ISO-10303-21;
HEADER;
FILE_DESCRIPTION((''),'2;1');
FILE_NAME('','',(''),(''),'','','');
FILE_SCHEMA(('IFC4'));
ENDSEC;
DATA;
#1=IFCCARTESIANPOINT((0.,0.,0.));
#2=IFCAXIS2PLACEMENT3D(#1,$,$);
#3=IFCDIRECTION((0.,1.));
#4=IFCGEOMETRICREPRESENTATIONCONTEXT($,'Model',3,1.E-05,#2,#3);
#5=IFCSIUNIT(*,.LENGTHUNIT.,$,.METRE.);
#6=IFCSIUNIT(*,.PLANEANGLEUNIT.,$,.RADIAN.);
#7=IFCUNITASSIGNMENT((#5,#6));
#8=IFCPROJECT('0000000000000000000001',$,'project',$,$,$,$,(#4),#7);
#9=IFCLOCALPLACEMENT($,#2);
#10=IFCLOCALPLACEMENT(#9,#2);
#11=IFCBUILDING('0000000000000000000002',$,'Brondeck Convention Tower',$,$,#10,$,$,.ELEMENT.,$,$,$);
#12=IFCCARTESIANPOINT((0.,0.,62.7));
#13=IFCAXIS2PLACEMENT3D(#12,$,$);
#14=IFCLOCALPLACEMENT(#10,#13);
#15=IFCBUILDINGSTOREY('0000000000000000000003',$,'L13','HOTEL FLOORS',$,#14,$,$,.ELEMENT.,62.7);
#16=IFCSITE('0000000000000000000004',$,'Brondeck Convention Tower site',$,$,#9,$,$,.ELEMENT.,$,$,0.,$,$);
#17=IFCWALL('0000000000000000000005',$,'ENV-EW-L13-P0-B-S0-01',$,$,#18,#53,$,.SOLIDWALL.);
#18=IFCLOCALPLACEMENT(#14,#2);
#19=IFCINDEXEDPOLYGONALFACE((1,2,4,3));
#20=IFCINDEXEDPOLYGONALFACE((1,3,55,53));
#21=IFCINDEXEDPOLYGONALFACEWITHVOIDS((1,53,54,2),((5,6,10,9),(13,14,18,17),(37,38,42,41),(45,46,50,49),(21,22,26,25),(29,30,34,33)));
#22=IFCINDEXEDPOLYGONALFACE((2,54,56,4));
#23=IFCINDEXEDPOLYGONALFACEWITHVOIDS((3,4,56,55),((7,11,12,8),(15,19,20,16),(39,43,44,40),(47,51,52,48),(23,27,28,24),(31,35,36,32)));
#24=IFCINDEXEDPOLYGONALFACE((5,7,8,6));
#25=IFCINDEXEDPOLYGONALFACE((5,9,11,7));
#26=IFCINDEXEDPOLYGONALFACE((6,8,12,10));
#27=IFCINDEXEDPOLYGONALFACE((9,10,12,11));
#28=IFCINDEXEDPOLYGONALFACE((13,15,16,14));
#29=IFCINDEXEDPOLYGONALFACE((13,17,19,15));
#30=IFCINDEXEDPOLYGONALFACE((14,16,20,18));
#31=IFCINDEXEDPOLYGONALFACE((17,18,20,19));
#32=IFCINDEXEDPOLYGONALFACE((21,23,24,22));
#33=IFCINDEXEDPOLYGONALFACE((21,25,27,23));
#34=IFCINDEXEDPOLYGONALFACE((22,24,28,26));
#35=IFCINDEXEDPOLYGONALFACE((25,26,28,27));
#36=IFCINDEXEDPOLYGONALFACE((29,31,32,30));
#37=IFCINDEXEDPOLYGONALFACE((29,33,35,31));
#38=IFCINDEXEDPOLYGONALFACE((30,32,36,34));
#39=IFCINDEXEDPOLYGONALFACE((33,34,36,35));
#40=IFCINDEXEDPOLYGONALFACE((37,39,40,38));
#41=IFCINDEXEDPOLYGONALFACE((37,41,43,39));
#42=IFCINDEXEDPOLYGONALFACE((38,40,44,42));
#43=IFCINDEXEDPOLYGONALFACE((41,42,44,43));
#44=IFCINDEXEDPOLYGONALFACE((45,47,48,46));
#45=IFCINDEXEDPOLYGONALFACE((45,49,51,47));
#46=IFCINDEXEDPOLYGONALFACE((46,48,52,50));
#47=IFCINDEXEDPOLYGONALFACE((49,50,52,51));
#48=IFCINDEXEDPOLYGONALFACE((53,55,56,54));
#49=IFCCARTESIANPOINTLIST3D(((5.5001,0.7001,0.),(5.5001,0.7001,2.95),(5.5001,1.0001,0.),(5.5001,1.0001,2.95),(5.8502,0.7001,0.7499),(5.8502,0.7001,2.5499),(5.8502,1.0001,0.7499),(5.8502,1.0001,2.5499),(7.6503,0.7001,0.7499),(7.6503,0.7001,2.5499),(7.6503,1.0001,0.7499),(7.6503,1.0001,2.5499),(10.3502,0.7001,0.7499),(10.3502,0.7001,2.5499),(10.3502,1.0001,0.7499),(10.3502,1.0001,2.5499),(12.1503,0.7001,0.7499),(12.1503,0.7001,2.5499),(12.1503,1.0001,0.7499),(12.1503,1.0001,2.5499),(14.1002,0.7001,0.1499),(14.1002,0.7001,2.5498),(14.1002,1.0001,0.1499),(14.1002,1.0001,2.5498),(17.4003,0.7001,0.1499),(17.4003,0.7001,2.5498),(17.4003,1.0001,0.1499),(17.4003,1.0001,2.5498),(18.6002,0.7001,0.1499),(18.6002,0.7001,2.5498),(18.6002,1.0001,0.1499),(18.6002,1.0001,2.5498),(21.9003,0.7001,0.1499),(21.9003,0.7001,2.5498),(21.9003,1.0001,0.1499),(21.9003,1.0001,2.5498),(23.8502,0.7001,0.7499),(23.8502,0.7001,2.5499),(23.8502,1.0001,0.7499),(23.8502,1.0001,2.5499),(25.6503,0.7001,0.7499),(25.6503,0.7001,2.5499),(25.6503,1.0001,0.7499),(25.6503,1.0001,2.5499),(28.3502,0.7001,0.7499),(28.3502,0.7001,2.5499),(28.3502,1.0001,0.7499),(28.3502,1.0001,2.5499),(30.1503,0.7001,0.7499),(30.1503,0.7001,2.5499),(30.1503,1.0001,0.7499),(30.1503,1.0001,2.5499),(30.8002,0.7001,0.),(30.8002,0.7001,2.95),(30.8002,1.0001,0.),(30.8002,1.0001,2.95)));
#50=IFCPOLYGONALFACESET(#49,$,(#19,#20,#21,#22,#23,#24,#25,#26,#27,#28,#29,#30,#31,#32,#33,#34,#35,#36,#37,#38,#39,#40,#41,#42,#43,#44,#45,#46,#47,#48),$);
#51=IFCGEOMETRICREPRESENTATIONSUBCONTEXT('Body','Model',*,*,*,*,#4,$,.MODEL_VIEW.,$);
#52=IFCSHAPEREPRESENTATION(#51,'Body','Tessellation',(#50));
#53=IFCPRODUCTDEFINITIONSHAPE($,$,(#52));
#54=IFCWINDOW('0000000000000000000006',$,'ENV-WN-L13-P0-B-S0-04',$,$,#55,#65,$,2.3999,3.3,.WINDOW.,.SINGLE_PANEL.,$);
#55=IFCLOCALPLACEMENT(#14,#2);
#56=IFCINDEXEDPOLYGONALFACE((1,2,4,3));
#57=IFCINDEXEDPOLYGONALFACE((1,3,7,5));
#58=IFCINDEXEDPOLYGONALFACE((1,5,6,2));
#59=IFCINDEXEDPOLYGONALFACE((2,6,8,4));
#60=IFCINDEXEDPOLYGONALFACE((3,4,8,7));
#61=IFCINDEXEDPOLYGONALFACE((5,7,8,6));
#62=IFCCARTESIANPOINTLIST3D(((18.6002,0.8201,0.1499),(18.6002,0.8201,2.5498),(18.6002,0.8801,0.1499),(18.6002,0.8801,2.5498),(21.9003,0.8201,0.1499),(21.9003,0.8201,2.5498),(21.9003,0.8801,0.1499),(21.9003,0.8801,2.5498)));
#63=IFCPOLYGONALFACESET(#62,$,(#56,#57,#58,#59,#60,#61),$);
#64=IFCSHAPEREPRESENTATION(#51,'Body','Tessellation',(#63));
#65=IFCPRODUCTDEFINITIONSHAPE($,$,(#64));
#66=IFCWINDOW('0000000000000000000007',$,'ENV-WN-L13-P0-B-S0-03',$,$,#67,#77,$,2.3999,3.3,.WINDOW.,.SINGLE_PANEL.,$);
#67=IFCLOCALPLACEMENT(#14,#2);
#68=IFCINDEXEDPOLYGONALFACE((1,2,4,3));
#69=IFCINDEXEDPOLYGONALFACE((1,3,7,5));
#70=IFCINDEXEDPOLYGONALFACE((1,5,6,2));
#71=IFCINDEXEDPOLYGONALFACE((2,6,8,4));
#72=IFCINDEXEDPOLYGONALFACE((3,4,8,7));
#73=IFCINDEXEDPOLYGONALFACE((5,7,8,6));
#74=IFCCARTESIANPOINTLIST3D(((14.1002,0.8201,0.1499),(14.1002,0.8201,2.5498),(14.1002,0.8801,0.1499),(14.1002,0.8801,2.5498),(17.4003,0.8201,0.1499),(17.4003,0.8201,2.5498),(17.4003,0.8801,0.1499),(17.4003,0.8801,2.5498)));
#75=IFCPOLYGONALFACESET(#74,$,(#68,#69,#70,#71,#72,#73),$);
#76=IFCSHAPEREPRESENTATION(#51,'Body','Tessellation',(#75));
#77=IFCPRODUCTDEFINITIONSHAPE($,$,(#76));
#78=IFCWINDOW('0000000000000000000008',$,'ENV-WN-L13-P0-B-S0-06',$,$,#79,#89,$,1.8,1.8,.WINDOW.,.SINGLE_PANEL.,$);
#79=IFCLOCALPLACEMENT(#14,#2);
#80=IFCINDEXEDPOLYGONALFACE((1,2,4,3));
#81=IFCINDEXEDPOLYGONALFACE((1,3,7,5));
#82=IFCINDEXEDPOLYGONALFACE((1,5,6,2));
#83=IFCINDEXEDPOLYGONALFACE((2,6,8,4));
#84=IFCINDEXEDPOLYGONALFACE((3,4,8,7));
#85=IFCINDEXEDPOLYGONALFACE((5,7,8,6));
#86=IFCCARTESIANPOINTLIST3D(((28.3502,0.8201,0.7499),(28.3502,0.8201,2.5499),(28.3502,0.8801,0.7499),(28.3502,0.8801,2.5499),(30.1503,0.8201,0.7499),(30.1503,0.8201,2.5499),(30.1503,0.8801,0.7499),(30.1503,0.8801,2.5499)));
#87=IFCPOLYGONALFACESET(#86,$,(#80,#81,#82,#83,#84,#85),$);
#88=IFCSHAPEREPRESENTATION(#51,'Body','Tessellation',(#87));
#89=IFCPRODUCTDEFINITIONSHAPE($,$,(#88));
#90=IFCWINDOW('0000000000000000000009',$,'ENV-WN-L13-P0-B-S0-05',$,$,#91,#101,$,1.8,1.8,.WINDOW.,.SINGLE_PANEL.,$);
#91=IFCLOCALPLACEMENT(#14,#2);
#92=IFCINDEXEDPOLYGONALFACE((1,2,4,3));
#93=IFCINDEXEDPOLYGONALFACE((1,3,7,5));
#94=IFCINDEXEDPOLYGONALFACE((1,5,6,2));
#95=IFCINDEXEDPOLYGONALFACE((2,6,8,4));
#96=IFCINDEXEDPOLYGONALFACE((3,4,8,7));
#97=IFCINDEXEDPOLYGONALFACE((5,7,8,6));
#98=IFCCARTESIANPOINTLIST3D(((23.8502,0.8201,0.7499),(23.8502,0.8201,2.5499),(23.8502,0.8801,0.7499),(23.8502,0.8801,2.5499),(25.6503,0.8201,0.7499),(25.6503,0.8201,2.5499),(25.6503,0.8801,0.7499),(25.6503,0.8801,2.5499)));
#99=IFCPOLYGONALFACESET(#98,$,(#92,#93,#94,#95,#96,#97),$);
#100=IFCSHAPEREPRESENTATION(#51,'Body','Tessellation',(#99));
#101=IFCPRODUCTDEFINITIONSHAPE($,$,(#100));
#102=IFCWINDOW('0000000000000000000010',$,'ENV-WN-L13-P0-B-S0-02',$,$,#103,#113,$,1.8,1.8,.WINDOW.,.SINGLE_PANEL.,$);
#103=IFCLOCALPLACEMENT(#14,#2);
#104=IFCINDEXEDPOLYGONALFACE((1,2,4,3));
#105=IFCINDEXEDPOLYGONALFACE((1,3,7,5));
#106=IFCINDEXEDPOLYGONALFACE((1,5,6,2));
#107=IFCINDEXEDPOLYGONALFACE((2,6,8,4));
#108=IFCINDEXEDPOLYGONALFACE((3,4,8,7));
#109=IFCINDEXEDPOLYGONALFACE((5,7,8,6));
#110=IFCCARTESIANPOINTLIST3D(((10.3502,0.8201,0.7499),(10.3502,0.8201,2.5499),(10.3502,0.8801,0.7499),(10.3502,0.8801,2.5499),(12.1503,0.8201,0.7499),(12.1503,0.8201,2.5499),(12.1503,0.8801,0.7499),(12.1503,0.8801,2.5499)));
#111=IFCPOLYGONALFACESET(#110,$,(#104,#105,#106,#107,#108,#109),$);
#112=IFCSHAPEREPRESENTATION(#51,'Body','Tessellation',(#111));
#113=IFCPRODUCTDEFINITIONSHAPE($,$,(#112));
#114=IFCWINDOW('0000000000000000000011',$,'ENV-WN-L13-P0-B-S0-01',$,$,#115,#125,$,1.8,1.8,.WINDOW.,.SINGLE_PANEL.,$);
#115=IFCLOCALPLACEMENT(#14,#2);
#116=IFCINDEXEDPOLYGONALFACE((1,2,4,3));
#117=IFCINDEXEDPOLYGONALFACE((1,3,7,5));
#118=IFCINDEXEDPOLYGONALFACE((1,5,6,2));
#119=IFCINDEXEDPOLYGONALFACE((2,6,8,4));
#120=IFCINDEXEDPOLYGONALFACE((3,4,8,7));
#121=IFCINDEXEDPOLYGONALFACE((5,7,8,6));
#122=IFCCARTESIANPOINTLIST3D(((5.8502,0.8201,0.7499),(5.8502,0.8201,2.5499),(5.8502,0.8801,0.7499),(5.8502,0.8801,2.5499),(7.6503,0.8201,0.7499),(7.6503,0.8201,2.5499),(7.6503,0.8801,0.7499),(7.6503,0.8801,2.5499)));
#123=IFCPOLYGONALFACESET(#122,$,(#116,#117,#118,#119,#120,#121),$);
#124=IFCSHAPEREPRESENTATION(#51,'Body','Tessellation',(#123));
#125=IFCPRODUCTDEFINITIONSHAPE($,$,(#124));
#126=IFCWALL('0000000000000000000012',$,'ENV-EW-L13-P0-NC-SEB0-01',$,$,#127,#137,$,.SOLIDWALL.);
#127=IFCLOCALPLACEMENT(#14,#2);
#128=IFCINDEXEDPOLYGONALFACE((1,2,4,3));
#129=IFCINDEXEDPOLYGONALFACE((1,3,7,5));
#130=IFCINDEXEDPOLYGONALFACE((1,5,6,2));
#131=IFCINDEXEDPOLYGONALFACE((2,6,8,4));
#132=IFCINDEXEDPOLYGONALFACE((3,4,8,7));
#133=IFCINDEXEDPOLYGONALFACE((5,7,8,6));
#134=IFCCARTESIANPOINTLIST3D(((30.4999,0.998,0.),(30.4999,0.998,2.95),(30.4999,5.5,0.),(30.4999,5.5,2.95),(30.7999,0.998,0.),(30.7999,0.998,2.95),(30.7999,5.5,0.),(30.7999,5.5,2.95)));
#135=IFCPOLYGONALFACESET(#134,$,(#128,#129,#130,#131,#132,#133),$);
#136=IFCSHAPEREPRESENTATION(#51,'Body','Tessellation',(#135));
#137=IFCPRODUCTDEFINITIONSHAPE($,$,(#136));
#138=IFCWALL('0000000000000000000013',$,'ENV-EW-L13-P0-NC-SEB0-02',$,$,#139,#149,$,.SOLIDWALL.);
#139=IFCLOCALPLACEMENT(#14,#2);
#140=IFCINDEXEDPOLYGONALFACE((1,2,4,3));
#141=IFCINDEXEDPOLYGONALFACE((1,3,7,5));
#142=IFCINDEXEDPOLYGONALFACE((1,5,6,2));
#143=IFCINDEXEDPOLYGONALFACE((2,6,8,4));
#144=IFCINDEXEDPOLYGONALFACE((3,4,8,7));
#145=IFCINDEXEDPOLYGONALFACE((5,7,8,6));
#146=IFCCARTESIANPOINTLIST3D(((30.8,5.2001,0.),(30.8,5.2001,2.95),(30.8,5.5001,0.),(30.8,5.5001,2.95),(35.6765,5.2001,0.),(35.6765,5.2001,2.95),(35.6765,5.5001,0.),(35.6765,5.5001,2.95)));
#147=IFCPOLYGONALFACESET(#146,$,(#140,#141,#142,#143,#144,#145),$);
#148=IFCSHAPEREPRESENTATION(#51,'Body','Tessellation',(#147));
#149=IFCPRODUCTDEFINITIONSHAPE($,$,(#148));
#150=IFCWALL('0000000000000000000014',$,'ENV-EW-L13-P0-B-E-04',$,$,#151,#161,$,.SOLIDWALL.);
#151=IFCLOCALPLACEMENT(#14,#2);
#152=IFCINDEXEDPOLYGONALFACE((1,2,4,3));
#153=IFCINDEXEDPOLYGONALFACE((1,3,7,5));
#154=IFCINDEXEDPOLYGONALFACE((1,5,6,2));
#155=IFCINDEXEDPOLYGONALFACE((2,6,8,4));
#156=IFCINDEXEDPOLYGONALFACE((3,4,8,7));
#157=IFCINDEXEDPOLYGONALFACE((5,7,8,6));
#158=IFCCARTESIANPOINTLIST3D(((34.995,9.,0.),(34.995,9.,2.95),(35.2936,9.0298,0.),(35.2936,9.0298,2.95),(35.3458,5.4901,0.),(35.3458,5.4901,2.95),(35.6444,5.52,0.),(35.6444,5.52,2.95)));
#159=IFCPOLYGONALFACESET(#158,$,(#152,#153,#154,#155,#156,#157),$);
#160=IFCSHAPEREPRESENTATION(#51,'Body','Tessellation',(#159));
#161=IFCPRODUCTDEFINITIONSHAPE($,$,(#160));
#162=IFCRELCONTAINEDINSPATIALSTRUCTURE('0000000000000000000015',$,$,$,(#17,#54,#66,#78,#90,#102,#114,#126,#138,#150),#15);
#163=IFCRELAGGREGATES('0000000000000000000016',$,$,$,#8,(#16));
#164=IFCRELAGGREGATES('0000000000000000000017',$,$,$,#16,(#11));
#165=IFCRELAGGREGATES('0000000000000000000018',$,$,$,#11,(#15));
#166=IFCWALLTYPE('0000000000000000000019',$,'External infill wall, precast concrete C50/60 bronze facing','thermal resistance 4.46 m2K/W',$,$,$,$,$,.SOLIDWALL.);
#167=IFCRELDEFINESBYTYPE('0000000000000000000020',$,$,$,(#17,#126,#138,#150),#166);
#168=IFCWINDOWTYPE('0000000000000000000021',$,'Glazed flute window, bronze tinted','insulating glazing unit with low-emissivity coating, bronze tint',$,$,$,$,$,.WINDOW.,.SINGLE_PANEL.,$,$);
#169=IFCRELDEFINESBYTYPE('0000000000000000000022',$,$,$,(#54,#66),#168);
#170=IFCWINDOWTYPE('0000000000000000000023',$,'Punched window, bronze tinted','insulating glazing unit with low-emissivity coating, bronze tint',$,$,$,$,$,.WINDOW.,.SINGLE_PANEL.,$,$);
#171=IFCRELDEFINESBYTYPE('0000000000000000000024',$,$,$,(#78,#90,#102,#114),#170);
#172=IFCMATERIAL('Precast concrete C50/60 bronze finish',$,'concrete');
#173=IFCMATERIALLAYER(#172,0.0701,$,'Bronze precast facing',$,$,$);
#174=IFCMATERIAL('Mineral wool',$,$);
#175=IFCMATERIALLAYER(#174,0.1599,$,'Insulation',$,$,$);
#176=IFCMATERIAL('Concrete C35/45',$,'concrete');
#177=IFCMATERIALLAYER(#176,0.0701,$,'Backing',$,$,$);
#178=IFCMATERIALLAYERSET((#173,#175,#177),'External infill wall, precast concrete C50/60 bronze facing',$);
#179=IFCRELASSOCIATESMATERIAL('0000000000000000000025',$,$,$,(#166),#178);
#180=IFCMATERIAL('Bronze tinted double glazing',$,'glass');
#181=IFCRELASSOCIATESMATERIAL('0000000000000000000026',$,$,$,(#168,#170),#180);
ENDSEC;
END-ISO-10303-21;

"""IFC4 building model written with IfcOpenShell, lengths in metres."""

from ifc_helpers import new_model, si_unit, direction, frame, frame_2d, origin, place, context, subcontext, project, spatial, rectangle, extrude, material, layer, layer_set, type_object, element, fill, save


model = new_model("IFC4")

# Units and contexts
model_context = context("Model", 3, precision=1e-05, world=origin(), true_north=direction((0.0, 1.0)))
body_context = subcontext(model_context, "Body", "Model", "MODEL_VIEW")
ifc_project = project(units=[si_unit("LENGTHUNIT", "METRE"), si_unit("PLANEANGLEUNIT", "RADIAN")], contexts=[model_context])

# Site, building, storey
site_placement = place(None, origin())
site = spatial("IfcSite", under=ifc_project, at=site_placement, Name="Brondeck Convention Tower site", CompositionType="ELEMENT", RefElevation=0.0)
building_placement = place(site_placement, origin())
building = spatial("IfcBuilding", under=site, at=building_placement, Name="Brondeck Convention Tower", CompositionType="ELEMENT")
storey_placement = place(building_placement, frame((0.0, 0.0, 62.7)))
storey = spatial("IfcBuildingStorey", under=building, at=storey_placement, Name="L13", Description="HOTEL FLOORS", CompositionType="ELEMENT", Elevation=62.7)

# Wall, openings, windows
ifc_material_1 = material(Name="Precast concrete C50/60 bronze finish", Category="concrete")
ifc_layer_1 = layer(ifc_material_1, 0.0701, Name="Bronze precast facing")
ifc_material_2 = material(Name="Mineral wool")
ifc_layer_2 = layer(ifc_material_2, 0.1599, Name="Insulation")
ifc_material_3 = material(Name="Concrete C35/45", Category="concrete")
ifc_layer_3 = layer(ifc_material_3, 0.0701, Name="Backing")
ifc_layer_set_1 = layer_set([ifc_layer_1, ifc_layer_2, ifc_layer_3], Name="External infill wall, precast concrete C50/60 bronze facing")
wall_type_1 = type_object("IfcWallType", Name="External infill wall, precast concrete C50/60 bronze facing", Description="thermal resistance 4.46 m2K/W", PredefinedType="SOLIDWALL", material=ifc_layer_set_1)
wall_1_placement = place(storey_placement, frame((30.8, 0.8501, 0.0), z_axis=(0.0, 0.0, 1.0), x_axis=(-1.0, 0.0, 0.0)))
wall_1 = element("IfcWall", 1, at=wall_1_placement, inside=storey, type_object=wall_type_1, Name="ENV-EW-L13-P0-B-S0-01", PredefinedType="SOLIDWALL", context=body_context, shape_type="SweptSolid", body=[
    extrude(rectangle(XDim=25.3, YDim=0.3, at=frame_2d((12.6499, 0.0))), origin(), (0.0, 0.0, 1.0), 2.95),
])
opening_1_placement = place(wall_1_placement, frame((0.6499, 0.0, 0.75)))
opening_1 = element("IfcOpeningElement", 2, at=opening_1_placement, cuts=wall_1, PredefinedType="OPENING", context=body_context, shape_type="SweptSolid", body=[
    extrude(rectangle(XDim=1.8, YDim=1.8, at=frame_2d((0.8999, 0.8999))), frame((0.0, 0.1599, 0.0), z_axis=(0.0, -1.0, 0.0), x_axis=(1.0, 0.0, 0.0)), (0.0, 0.0, 1.0), 0.3201),
])
opening_2_placement = place(wall_1_placement, frame((5.1499, 0.0, 0.75)))
opening_2 = element("IfcOpeningElement", 3, at=opening_2_placement, cuts=wall_1, PredefinedType="OPENING", context=body_context, shape_type="SweptSolid", body=[
    extrude(rectangle(XDim=1.8, YDim=1.8, at=frame_2d((0.8999, 0.8999))), frame((0.0, 0.1599, 0.0), z_axis=(0.0, -1.0, 0.0), x_axis=(1.0, 0.0, 0.0)), (0.0, 0.0, 1.0), 0.3201),
])
opening_3_placement = place(wall_1_placement, frame((8.8999, 0.0, 0.1499)))
opening_3 = element("IfcOpeningElement", 4, at=opening_3_placement, cuts=wall_1, PredefinedType="OPENING", context=body_context, shape_type="SweptSolid", body=[
    extrude(rectangle(XDim=3.3, YDim=2.3999, at=frame_2d((1.6499, 1.2))), frame((0.0, 0.1599, 0.0), z_axis=(0.0, -1.0, 0.0), x_axis=(1.0, 0.0, 0.0)), (0.0, 0.0, 1.0), 0.3201),
])
opening_4_placement = place(wall_1_placement, frame((13.3999, 0.0, 0.1499)))
opening_4 = element("IfcOpeningElement", 5, at=opening_4_placement, cuts=wall_1, PredefinedType="OPENING", context=body_context, shape_type="SweptSolid", body=[
    extrude(rectangle(XDim=3.3, YDim=2.3999, at=frame_2d((1.6499, 1.2))), frame((0.0, 0.1599, 0.0), z_axis=(0.0, -1.0, 0.0), x_axis=(1.0, 0.0, 0.0)), (0.0, 0.0, 1.0), 0.3201),
])
opening_5_placement = place(wall_1_placement, frame((18.6499, 0.0, 0.75)))
opening_5 = element("IfcOpeningElement", 6, at=opening_5_placement, cuts=wall_1, PredefinedType="OPENING", context=body_context, shape_type="SweptSolid", body=[
    extrude(rectangle(XDim=1.8, YDim=1.8, at=frame_2d((0.8999, 0.8999))), frame((0.0, 0.1599, 0.0), z_axis=(0.0, -1.0, 0.0), x_axis=(1.0, 0.0, 0.0)), (0.0, 0.0, 1.0), 0.3201),
])
opening_6_placement = place(wall_1_placement, frame((23.1499, 0.0, 0.75)))
opening_6 = element("IfcOpeningElement", 7, at=opening_6_placement, cuts=wall_1, PredefinedType="OPENING", context=body_context, shape_type="SweptSolid", body=[
    extrude(rectangle(XDim=1.8, YDim=1.8, at=frame_2d((0.8999, 0.8999))), frame((0.0, 0.1599, 0.0), z_axis=(0.0, -1.0, 0.0), x_axis=(1.0, 0.0, 0.0)), (0.0, 0.0, 1.0), 0.3201),
])
ifc_material_4 = material(Name="Bronze tinted double glazing", Category="glass")
window_type_1 = type_object("IfcWindowType", Name="Glazed flute window, bronze tinted", Description="insulating glazing unit with low-emissivity coating, bronze tint", PartitioningType="SINGLE_PANEL", PredefinedType="WINDOW", material=ifc_material_4)
window_1_placement = place(opening_3_placement, origin())
window_1 = element("IfcWindow", 8, at=window_1_placement, inside=storey, type_object=window_type_1, Name="ENV-WN-L13-P0-B-S0-04", OverallHeight=2.3999, OverallWidth=3.3, PartitioningType="SINGLE_PANEL", PredefinedType="WINDOW", context=body_context, shape_type="SweptSolid", body=[
    extrude(rectangle(XDim=3.3, YDim=2.3999, at=frame_2d((1.6499, 1.2))), frame((0.0, 0.03, 0.0), z_axis=(0.0, -1.0, 0.0), x_axis=(1.0, 0.0, 0.0)), (0.0, 0.0, 1.0), 0.0601),
])
fill(opening_3, window_1)
window_2_placement = place(opening_4_placement, origin())
window_2 = element("IfcWindow", 9, at=window_2_placement, inside=storey, type_object=window_type_1, Name="ENV-WN-L13-P0-B-S0-03", OverallHeight=2.3999, OverallWidth=3.3, PartitioningType="SINGLE_PANEL", PredefinedType="WINDOW", context=body_context, shape_type="SweptSolid", body=[
    extrude(rectangle(XDim=3.3, YDim=2.3999, at=frame_2d((1.6499, 1.2))), frame((0.0, 0.03, 0.0), z_axis=(0.0, -1.0, 0.0), x_axis=(1.0, 0.0, 0.0)), (0.0, 0.0, 1.0), 0.0601),
])
fill(opening_4, window_2)
window_type_2 = type_object("IfcWindowType", Name="Punched window, bronze tinted", Description="insulating glazing unit with low-emissivity coating, bronze tint", PartitioningType="SINGLE_PANEL", PredefinedType="WINDOW", material=ifc_material_4)
window_3_placement = place(opening_1_placement, origin())
window_3 = element("IfcWindow", 10, at=window_3_placement, inside=storey, type_object=window_type_2, Name="ENV-WN-L13-P0-B-S0-06", OverallHeight=1.8, OverallWidth=1.8, PartitioningType="SINGLE_PANEL", PredefinedType="WINDOW", context=body_context, shape_type="SweptSolid", body=[
    extrude(rectangle(XDim=1.8, YDim=1.8, at=frame_2d((0.8999, 0.8999))), frame((0.0, 0.03, 0.0), z_axis=(0.0, -1.0, 0.0), x_axis=(1.0, 0.0, 0.0)), (0.0, 0.0, 1.0), 0.0601),
])
fill(opening_1, window_3)
window_4_placement = place(opening_2_placement, origin())
window_4 = element("IfcWindow", 11, at=window_4_placement, inside=storey, type_object=window_type_2, Name="ENV-WN-L13-P0-B-S0-05", OverallHeight=1.8, OverallWidth=1.8, PartitioningType="SINGLE_PANEL", PredefinedType="WINDOW", context=body_context, shape_type="SweptSolid", body=[
    extrude(rectangle(XDim=1.8, YDim=1.8, at=frame_2d((0.8999, 0.8999))), frame((0.0, 0.03, 0.0), z_axis=(0.0, -1.0, 0.0), x_axis=(1.0, 0.0, 0.0)), (0.0, 0.0, 1.0), 0.0601),
])
fill(opening_2, window_4)
window_5_placement = place(opening_5_placement, origin())
window_5 = element("IfcWindow", 12, at=window_5_placement, inside=storey, type_object=window_type_2, Name="ENV-WN-L13-P0-B-S0-02", OverallHeight=1.8, OverallWidth=1.8, PartitioningType="SINGLE_PANEL", PredefinedType="WINDOW", context=body_context, shape_type="SweptSolid", body=[
    extrude(rectangle(XDim=1.8, YDim=1.8, at=frame_2d((0.8999, 0.8999))), frame((0.0, 0.03, 0.0), z_axis=(0.0, -1.0, 0.0), x_axis=(1.0, 0.0, 0.0)), (0.0, 0.0, 1.0), 0.0601),
])
fill(opening_5, window_5)
window_6_placement = place(opening_6_placement, origin())
window_6 = element("IfcWindow", 13, at=window_6_placement, inside=storey, type_object=window_type_2, Name="ENV-WN-L13-P0-B-S0-01", OverallHeight=1.8, OverallWidth=1.8, PartitioningType="SINGLE_PANEL", PredefinedType="WINDOW", context=body_context, shape_type="SweptSolid", body=[
    extrude(rectangle(XDim=1.8, YDim=1.8, at=frame_2d((0.8999, 0.8999))), frame((0.0, 0.03, 0.0), z_axis=(0.0, -1.0, 0.0), x_axis=(1.0, 0.0, 0.0)), (0.0, 0.0, 1.0), 0.0601),
])
fill(opening_6, window_6)

# Walls
wall_2_placement = place(storey_placement, frame((30.6499, 5.5, 0.0), z_axis=(0.0, 0.0, 1.0), x_axis=(0.0, -1.0, 0.0)))
element("IfcWall", 14, at=wall_2_placement, inside=storey, type_object=wall_type_1, Name="ENV-EW-L13-P0-NC-SEB0-01", PredefinedType="SOLIDWALL", context=body_context, shape_type="SweptSolid", body=[
    extrude(rectangle(XDim=4.502, YDim=0.3, at=frame_2d((2.251, 0.0))), origin(), (0.0, 0.0, 1.0), 2.95),
])
wall_3_placement = place(storey_placement, frame((35.6765, 5.3501, 0.0), z_axis=(0.0, 0.0, 1.0), x_axis=(-1.0, 0.0, 0.0)))
element("IfcWall", 15, at=wall_3_placement, inside=storey, type_object=wall_type_1, Name="ENV-EW-L13-P0-NC-SEB0-02", PredefinedType="SOLIDWALL", context=body_context, shape_type="SweptSolid", body=[
    extrude(rectangle(XDim=4.8765, YDim=0.3, at=frame_2d((2.4382, 0.0))), origin(), (0.0, 0.0, 1.0), 2.95),
])
wall_4_placement = place(storey_placement, frame((35.1443, 9.0149, 0.0), z_axis=(0.0, 0.0, 1.0), x_axis=(0.099463, -0.995041, 0.0)))
element("IfcWall", 16, at=wall_4_placement, inside=storey, type_object=wall_type_1, Name="ENV-EW-L13-P0-B-E-04", PredefinedType="SOLIDWALL", context=body_context, shape_type="SweptSolid", body=[
    extrude(rectangle(XDim=3.5273, YDim=0.3, at=frame_2d((1.7637, 0.0))), origin(), (0.0, 0.0, 1.0), 2.95),
])

save(model, "model.ifc")
